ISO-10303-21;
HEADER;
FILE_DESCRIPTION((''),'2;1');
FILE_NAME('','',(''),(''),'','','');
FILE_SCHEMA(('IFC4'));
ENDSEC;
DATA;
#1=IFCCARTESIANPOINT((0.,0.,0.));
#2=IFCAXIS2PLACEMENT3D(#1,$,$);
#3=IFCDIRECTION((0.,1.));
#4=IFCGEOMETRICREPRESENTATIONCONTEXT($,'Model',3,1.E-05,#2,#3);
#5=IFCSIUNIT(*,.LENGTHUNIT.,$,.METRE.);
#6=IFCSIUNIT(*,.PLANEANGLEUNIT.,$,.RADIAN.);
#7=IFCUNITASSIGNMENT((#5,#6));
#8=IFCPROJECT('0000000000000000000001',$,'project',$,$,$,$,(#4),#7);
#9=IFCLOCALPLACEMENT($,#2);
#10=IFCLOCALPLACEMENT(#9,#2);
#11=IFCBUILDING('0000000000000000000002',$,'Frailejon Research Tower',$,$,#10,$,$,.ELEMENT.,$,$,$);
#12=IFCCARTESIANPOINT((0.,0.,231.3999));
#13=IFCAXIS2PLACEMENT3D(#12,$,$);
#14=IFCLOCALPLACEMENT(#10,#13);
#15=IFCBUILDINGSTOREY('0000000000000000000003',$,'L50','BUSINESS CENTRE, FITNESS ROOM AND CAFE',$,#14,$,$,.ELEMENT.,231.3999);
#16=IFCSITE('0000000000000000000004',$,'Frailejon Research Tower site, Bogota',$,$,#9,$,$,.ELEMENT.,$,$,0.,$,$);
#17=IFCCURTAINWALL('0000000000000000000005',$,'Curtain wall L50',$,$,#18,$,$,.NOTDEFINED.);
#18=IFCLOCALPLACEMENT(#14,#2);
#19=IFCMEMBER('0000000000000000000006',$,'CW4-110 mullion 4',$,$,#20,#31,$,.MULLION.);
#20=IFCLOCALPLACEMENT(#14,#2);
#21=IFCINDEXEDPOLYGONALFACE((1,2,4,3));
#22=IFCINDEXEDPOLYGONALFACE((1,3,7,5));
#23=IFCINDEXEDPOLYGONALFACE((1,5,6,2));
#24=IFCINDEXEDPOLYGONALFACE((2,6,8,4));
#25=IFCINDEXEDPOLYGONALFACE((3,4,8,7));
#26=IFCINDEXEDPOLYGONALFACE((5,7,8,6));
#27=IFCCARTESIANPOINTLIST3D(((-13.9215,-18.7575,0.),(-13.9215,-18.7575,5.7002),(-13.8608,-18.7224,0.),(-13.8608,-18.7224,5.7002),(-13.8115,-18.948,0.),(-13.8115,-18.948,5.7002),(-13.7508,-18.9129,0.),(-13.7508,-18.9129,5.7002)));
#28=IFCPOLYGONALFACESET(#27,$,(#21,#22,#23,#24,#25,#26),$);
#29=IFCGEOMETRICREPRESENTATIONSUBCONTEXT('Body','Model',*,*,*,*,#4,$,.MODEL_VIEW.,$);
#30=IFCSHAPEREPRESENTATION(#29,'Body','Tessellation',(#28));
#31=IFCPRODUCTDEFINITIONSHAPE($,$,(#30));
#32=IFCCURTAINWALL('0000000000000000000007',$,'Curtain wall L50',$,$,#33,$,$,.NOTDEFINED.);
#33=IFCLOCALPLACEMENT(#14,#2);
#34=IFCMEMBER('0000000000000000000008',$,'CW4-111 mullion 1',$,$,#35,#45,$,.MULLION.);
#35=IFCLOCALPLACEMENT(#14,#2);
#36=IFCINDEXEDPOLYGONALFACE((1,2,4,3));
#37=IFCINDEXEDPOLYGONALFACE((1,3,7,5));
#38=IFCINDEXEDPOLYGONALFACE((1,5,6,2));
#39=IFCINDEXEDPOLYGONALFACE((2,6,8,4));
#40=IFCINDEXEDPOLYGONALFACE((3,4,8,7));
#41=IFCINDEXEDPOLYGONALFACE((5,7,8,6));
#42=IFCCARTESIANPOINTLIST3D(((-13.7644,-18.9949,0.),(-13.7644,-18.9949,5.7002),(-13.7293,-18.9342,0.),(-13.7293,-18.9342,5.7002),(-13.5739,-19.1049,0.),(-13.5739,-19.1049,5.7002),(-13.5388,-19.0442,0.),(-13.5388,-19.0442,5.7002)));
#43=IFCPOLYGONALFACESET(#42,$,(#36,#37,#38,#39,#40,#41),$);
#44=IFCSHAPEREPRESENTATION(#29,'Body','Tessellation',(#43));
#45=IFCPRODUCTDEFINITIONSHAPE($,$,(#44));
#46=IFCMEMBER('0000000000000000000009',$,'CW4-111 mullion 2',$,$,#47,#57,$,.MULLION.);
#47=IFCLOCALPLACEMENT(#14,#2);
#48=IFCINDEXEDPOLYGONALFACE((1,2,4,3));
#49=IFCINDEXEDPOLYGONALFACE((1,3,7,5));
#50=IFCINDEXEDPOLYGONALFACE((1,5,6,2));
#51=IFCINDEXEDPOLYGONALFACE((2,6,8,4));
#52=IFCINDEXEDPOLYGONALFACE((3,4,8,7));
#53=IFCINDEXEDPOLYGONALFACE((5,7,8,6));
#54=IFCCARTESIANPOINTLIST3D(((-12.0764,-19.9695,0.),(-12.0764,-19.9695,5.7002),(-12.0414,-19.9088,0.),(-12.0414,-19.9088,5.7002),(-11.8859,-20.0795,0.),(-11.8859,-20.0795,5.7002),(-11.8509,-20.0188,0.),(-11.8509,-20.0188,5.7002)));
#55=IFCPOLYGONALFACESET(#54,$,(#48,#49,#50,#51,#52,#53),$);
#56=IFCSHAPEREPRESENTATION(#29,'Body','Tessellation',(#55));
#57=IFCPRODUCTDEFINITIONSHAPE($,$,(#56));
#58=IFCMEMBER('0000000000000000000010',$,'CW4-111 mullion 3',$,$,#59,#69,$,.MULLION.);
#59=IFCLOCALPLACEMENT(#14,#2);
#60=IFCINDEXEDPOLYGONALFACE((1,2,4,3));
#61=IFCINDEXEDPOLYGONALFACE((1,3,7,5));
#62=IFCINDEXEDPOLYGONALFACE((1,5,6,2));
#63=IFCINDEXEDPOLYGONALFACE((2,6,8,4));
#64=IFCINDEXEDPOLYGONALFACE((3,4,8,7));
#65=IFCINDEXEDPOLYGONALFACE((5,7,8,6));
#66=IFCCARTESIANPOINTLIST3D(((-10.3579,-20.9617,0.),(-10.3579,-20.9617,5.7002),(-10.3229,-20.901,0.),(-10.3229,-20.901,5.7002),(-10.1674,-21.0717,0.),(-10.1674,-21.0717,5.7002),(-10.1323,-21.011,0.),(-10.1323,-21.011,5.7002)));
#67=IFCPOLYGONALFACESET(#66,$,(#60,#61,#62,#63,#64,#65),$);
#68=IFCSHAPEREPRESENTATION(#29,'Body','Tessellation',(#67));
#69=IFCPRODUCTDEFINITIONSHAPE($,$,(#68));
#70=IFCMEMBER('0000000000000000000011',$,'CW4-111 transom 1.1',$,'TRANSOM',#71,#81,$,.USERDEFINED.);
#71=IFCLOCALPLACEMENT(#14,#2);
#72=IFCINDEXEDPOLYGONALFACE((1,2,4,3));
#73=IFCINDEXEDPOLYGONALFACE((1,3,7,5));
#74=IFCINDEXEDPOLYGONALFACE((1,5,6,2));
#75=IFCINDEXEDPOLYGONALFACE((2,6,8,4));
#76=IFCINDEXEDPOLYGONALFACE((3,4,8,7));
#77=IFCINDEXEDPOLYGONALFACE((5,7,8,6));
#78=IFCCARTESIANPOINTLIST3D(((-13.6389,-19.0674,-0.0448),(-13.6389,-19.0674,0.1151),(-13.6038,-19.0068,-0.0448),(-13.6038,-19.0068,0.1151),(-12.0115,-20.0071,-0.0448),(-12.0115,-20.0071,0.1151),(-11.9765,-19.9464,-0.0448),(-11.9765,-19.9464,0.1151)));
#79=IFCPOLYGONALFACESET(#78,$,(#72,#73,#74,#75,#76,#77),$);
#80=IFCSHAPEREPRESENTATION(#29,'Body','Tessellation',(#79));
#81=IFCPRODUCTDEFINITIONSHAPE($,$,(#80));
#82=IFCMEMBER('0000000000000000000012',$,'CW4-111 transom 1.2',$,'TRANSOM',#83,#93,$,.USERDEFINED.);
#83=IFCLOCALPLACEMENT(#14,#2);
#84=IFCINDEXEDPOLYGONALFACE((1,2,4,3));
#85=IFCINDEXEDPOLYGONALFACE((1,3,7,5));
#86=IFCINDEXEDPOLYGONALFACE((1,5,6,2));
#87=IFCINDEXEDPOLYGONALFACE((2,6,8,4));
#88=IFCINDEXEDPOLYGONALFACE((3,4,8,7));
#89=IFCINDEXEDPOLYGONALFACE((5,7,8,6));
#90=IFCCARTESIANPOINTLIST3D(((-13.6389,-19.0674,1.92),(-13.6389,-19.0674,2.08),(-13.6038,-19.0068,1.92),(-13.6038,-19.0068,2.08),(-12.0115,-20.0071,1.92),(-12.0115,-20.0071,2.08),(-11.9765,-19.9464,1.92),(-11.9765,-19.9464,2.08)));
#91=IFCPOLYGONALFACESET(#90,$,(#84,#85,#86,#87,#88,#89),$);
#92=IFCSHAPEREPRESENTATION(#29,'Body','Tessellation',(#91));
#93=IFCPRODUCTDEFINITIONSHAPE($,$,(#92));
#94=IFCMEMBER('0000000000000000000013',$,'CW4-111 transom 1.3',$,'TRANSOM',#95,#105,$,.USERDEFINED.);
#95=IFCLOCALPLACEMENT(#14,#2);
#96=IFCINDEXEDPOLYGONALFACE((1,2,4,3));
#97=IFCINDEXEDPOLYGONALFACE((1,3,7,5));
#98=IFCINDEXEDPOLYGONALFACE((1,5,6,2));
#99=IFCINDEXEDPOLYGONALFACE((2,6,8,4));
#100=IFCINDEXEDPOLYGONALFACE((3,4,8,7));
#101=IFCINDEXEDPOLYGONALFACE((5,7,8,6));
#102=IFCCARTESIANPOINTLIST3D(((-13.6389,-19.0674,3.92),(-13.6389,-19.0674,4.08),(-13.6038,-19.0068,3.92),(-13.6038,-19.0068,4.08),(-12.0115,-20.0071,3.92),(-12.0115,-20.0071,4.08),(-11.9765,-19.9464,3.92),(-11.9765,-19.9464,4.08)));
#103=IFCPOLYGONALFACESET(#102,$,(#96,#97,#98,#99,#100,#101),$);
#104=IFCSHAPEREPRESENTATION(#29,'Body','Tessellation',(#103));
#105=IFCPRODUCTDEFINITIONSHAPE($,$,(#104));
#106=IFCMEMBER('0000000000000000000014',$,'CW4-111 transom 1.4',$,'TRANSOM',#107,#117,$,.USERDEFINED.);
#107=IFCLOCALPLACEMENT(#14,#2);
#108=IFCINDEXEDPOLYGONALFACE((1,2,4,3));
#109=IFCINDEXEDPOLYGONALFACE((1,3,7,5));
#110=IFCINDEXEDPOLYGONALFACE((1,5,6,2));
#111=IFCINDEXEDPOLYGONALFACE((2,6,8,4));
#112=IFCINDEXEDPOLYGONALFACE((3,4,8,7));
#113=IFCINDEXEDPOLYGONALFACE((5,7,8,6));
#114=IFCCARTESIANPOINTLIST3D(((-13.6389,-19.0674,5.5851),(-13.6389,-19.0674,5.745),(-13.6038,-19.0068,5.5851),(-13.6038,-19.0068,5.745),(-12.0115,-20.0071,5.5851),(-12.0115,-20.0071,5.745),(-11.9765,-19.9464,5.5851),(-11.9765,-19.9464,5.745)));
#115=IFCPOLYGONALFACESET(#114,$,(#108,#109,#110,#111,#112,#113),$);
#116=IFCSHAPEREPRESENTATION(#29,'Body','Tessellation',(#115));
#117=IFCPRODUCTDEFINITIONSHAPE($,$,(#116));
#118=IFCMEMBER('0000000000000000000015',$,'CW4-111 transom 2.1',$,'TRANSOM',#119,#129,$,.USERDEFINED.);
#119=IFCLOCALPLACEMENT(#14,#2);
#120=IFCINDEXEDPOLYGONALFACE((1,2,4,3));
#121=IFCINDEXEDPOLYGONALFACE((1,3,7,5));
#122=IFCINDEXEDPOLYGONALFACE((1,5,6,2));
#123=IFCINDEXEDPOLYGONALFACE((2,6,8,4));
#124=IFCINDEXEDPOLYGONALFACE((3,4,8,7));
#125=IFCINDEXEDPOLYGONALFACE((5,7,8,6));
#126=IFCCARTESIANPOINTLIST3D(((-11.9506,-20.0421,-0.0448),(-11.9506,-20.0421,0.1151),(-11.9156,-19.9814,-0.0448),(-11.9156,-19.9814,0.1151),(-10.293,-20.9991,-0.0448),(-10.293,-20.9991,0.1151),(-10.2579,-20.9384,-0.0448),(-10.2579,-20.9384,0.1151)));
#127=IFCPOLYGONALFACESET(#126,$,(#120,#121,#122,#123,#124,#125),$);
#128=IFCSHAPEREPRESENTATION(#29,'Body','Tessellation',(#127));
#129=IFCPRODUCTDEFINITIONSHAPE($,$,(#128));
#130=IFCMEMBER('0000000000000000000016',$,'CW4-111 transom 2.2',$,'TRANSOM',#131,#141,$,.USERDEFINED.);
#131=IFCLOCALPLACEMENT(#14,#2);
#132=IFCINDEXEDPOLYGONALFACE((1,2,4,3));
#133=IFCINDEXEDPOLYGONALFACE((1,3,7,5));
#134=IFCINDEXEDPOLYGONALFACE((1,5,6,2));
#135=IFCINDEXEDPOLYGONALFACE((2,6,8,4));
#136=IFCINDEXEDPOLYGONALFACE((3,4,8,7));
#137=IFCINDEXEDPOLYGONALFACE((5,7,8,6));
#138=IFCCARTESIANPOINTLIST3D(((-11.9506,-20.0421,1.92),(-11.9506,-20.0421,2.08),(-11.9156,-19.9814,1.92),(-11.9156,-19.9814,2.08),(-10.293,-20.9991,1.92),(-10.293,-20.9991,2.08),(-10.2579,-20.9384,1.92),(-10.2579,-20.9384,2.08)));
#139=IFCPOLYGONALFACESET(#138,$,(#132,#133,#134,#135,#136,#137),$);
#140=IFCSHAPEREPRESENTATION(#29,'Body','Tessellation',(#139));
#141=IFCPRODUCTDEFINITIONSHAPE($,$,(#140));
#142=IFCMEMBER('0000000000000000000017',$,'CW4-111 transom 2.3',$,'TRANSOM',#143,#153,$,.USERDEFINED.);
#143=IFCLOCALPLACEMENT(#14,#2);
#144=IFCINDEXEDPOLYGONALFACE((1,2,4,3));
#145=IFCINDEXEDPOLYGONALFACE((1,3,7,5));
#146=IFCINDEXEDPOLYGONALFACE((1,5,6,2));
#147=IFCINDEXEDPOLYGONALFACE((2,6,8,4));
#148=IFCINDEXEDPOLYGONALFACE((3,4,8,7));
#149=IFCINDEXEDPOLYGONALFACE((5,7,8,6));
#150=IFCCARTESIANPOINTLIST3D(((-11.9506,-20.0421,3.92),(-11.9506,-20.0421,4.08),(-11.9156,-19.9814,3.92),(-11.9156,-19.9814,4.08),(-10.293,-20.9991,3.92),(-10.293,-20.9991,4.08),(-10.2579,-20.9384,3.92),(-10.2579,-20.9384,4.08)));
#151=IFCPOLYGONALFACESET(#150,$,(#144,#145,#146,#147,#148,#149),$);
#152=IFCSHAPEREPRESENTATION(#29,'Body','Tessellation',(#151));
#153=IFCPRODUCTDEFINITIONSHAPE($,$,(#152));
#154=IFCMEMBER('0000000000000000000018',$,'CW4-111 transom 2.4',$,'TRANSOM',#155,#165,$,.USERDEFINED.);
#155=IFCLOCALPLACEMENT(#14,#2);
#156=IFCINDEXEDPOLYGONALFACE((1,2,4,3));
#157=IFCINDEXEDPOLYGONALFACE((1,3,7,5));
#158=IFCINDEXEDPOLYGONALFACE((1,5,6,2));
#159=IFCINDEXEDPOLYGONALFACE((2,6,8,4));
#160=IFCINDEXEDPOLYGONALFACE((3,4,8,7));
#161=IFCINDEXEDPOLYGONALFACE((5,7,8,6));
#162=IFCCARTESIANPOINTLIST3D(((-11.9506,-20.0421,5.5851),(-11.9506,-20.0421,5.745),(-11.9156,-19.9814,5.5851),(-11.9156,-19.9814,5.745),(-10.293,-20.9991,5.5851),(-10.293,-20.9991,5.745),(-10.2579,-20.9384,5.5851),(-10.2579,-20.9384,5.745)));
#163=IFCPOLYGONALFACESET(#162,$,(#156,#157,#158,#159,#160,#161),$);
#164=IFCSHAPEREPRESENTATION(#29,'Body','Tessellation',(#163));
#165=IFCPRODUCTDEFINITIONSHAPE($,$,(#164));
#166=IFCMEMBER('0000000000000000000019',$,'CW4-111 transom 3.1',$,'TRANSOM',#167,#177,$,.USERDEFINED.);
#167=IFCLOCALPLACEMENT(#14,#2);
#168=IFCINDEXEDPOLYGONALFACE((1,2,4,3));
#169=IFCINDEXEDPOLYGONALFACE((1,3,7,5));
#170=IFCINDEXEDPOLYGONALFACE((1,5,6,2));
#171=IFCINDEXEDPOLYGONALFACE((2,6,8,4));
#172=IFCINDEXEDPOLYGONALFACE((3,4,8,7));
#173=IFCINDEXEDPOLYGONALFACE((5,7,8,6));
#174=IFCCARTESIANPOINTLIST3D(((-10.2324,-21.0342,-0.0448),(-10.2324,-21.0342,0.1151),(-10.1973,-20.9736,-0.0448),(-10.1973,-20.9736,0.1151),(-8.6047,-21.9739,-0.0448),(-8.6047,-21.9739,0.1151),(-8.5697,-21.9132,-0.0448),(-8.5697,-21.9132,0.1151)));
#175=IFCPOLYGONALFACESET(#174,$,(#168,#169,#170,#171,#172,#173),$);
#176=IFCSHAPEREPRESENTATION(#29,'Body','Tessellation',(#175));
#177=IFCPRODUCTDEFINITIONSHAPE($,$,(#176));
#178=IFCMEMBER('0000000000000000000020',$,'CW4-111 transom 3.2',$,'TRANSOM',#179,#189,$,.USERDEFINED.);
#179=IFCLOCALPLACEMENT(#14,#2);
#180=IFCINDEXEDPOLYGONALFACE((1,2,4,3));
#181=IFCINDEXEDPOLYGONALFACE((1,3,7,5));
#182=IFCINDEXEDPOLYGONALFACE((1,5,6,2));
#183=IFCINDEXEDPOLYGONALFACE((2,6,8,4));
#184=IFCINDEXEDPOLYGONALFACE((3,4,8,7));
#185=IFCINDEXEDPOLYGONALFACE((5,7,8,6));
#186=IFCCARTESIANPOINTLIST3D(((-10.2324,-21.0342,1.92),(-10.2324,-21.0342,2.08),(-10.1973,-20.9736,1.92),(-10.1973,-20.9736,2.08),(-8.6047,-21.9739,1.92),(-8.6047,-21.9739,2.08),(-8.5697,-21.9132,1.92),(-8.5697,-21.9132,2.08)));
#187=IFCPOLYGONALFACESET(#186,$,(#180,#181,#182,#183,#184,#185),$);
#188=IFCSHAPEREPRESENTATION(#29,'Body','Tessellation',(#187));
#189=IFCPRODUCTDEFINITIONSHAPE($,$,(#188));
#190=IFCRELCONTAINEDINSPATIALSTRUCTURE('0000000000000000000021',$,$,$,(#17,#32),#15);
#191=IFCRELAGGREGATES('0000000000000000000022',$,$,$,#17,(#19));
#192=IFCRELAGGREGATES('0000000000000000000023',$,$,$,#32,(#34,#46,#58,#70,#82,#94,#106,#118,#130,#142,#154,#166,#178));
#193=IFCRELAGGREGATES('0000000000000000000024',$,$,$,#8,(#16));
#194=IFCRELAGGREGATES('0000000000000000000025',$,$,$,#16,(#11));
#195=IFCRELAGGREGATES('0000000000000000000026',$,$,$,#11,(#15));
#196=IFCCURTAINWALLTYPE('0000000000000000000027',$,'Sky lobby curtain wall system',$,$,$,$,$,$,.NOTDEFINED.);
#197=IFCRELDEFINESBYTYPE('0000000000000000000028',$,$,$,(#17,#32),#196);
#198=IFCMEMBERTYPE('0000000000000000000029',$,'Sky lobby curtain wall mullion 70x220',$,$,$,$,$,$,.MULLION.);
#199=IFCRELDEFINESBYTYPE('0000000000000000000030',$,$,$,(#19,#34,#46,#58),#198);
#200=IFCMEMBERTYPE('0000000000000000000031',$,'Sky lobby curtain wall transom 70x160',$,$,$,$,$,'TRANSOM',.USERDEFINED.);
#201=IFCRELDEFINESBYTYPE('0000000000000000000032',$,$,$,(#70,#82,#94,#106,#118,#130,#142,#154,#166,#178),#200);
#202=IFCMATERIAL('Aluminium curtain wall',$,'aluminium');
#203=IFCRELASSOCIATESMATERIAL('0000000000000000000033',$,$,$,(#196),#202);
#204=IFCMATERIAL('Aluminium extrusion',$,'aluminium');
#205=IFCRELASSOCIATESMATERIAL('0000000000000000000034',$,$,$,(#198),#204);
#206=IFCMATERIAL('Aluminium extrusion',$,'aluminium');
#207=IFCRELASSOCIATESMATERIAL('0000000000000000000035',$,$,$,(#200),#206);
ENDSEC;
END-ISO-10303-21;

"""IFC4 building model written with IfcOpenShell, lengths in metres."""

from ifc_helpers import new_model, si_unit, direction, frame, origin, origin_2d, place, context, subcontext, project, spatial, rectangle, extrude, material, material_profile, profile_set, type_object, element, aggregate, save


model = new_model("IFC4")

# Units and contexts
model_context = context("Model", 3, precision=1e-05, world=origin(), true_north=direction((0.0, 1.0)))
body_context = subcontext(model_context, "Body", "Model", "MODEL_VIEW")
ifc_project = project(units=[si_unit("LENGTHUNIT", "METRE"), si_unit("PLANEANGLEUNIT", "RADIAN")], contexts=[model_context])

# Site, building, storey
site_placement = place(None, origin())
site = spatial("IfcSite", under=ifc_project, at=site_placement, Name="Frailejon Research Tower site, Bogota", CompositionType="ELEMENT", RefElevation=0.0)
building_placement = place(site_placement, origin())
building = spatial("IfcBuilding", under=site, at=building_placement, Name="Frailejon Research Tower", CompositionType="ELEMENT")
storey_placement = place(building_placement, frame((0.0, 0.0, 231.3999)))
storey = spatial("IfcBuildingStorey", under=building, at=storey_placement, Name="L50", Description="BUSINESS CENTRE, FITNESS ROOM AND CAFE", CompositionType="ELEMENT", Elevation=231.3999)

# Curtain wall, member
ifc_material_1 = material(Name="Aluminium curtain wall", Category="aluminium")
curtain_wall_type = type_object("IfcCurtainWallType", Name="Sky lobby curtain wall system", PredefinedType="NOTDEFINED", material=ifc_material_1)
curtain_wall_1_placement = place(storey_placement, origin())
curtain_wall_1 = element("IfcCurtainWall", 1, at=curtain_wall_1_placement, inside=storey, type_object=curtain_wall_type, Name="Curtain wall L50", PredefinedType="NOTDEFINED")
ifc_material_2 = material(Name="Aluminium extrusion", Category="aluminium")
ifc_material_profile_1 = material_profile(ifc_material_2, rectangle(XDim=0.0701, YDim=0.22, at=origin_2d()), Name="Sky lobby curtain wall mullion 70x220")
ifc_profile_set_1 = profile_set([ifc_material_profile_1], Name="Aluminium extrusion")
member_type_1 = type_object("IfcMemberType", Name="Sky lobby curtain wall mullion 70x220", PredefinedType="MULLION", material=ifc_profile_set_1)
member_1_placement = place(storey_placement, frame((-13.8362, -18.8352, 0.0), z_axis=(0.0, 0.0, 1.0), x_axis=(0.866025, 0.500001, 0.0)))
member_1 = element("IfcMember", 2, at=member_1_placement, type_object=member_type_1, Name="CW4-110 mullion 4", PredefinedType="MULLION", context=body_context, shape_type="SweptSolid", body=[
    extrude(rectangle(XDim=0.0701, YDim=0.22, at=origin_2d()), origin(), (0.0, 0.0, 1.0), 5.7002),
])
aggregate(curtain_wall_1, [member_1])

# Curtain wall, members
curtain_wall_2_placement = place(storey_placement, origin())
curtain_wall_2 = element("IfcCurtainWall", 3, at=curtain_wall_2_placement, inside=storey, type_object=curtain_wall_type, Name="Curtain wall L50", PredefinedType="NOTDEFINED")
member_2_placement = place(storey_placement, frame((-13.6516, -19.0195, 0.0), z_axis=(0.0, 0.0, 1.0), x_axis=(0.499991, 0.866031, 0.0)))
member_2 = element("IfcMember", 4, at=member_2_placement, type_object=member_type_1, Name="CW4-111 mullion 1", PredefinedType="MULLION", context=body_context, shape_type="SweptSolid", body=[
    extrude(rectangle(XDim=0.0701, YDim=0.22, at=origin_2d()), origin(), (0.0, 0.0, 1.0), 5.7002),
])
member_3_placement = place(storey_placement, frame((-11.9636, -19.9941, 0.0), z_axis=(0.0, 0.0, 1.0), x_axis=(0.499991, 0.866031, 0.0)))
member_3 = element("IfcMember", 5, at=member_3_placement, type_object=member_type_1, Name="CW4-111 mullion 2", PredefinedType="MULLION", context=body_context, shape_type="SweptSolid", body=[
    extrude(rectangle(XDim=0.0701, YDim=0.22, at=origin_2d()), origin(), (0.0, 0.0, 1.0), 5.7002),
])
member_4_placement = place(storey_placement, frame((-10.2451, -20.9863, 0.0), z_axis=(0.0, 0.0, 1.0), x_axis=(0.499991, 0.866031, 0.0)))
member_4 = element("IfcMember", 6, at=member_4_placement, type_object=member_type_1, Name="CW4-111 mullion 3", PredefinedType="MULLION", context=body_context, shape_type="SweptSolid", body=[
    extrude(rectangle(XDim=0.0701, YDim=0.22, at=origin_2d()), origin(), (0.0, 0.0, 1.0), 5.7002),
])
ifc_material_3 = material(Name="Aluminium extrusion", Category="aluminium")
ifc_material_profile_2 = material_profile(ifc_material_3, rectangle(XDim=0.0701, YDim=0.1599, at=origin_2d()), Name="Sky lobby curtain wall transom 70x160")
ifc_profile_set_2 = profile_set([ifc_material_profile_2], Name="Aluminium extrusion")
member_type_2 = type_object("IfcMemberType", Name="Sky lobby curtain wall transom 70x160", ElementType="TRANSOM", PredefinedType="USERDEFINED", material=ifc_profile_set_2)
member_5_placement = place(storey_placement, frame((-13.6213, -19.0371, 0.0352), z_axis=(0.866004, -0.500037, 0.0), x_axis=(0.500037, 0.866004, 0.0)))
member_5 = element("IfcMember", 7, at=member_5_placement, type_object=member_type_2, Name="CW4-111 transom 1.1", ObjectType="TRANSOM", PredefinedType="USERDEFINED", context=body_context, shape_type="SweptSolid", body=[
    extrude(rectangle(XDim=0.0701, YDim=0.1599, at=origin_2d()), origin(), (0.0, 0.0, 1.0), 1.8792),
])
member_6_placement = place(storey_placement, frame((-13.6213, -19.0371, 2.0), z_axis=(0.866004, -0.500037, 0.0), x_axis=(0.500037, 0.866004, 0.0)))
member_6 = element("IfcMember", 8, at=member_6_placement, type_object=member_type_2, Name="CW4-111 transom 1.2", ObjectType="TRANSOM", PredefinedType="USERDEFINED", context=body_context, shape_type="SweptSolid", body=[
    extrude(rectangle(XDim=0.0701, YDim=0.1599, at=origin_2d()), origin(), (0.0, 0.0, 1.0), 1.8792),
])
member_7_placement = place(storey_placement, frame((-13.6213, -19.0371, 4.0), z_axis=(0.866004, -0.500037, 0.0), x_axis=(0.500037, 0.866004, 0.0)))
member_7 = element("IfcMember", 9, at=member_7_placement, type_object=member_type_2, Name="CW4-111 transom 1.3", ObjectType="TRANSOM", PredefinedType="USERDEFINED", context=body_context, shape_type="SweptSolid", body=[
    extrude(rectangle(XDim=0.0701, YDim=0.1599, at=origin_2d()), origin(), (0.0, 0.0, 1.0), 1.8792),
])
member_8_placement = place(storey_placement, frame((-13.6213, -19.0371, 5.665), z_axis=(0.866004, -0.500037, 0.0), x_axis=(0.500037, 0.866004, 0.0)))
member_8 = element("IfcMember", 10, at=member_8_placement, type_object=member_type_2, Name="CW4-111 transom 1.4", ObjectType="TRANSOM", PredefinedType="USERDEFINED", context=body_context, shape_type="SweptSolid", body=[
    extrude(rectangle(XDim=0.0701, YDim=0.1599, at=origin_2d()), origin(), (0.0, 0.0, 1.0), 1.8792),
])
member_9_placement = place(storey_placement, frame((-11.9331, -20.0117, 0.0352), z_axis=(0.866037, -0.49998, 0.0), x_axis=(0.49998, 0.866037, 0.0)))
member_9 = element("IfcMember", 11, at=member_9_placement, type_object=member_type_2, Name="CW4-111 transom 2.1", ObjectType="TRANSOM", PredefinedType="USERDEFINED", context=body_context, shape_type="SweptSolid", body=[
    extrude(rectangle(XDim=0.0701, YDim=0.1599, at=origin_2d()), origin(), (0.0, 0.0, 1.0), 1.9141),
])
member_10_placement = place(storey_placement, frame((-11.9331, -20.0117, 2.0), z_axis=(0.866037, -0.49998, 0.0), x_axis=(0.49998, 0.866037, 0.0)))
member_10 = element("IfcMember", 12, at=member_10_placement, type_object=member_type_2, Name="CW4-111 transom 2.2", ObjectType="TRANSOM", PredefinedType="USERDEFINED", context=body_context, shape_type="SweptSolid", body=[
    extrude(rectangle(XDim=0.0701, YDim=0.1599, at=origin_2d()), origin(), (0.0, 0.0, 1.0), 1.9141),
])
member_11_placement = place(storey_placement, frame((-11.9331, -20.0117, 4.0), z_axis=(0.866037, -0.49998, 0.0), x_axis=(0.49998, 0.866037, 0.0)))
member_11 = element("IfcMember", 13, at=member_11_placement, type_object=member_type_2, Name="CW4-111 transom 2.3", ObjectType="TRANSOM", PredefinedType="USERDEFINED", context=body_context, shape_type="SweptSolid", body=[
    extrude(rectangle(XDim=0.0701, YDim=0.1599, at=origin_2d()), origin(), (0.0, 0.0, 1.0), 1.9141),
])
member_12_placement = place(storey_placement, frame((-11.9331, -20.0117, 5.665), z_axis=(0.866037, -0.49998, 0.0), x_axis=(0.49998, 0.866037, 0.0)))
member_12 = element("IfcMember", 14, at=member_12_placement, type_object=member_type_2, Name="CW4-111 transom 2.4", ObjectType="TRANSOM", PredefinedType="USERDEFINED", context=body_context, shape_type="SweptSolid", body=[
    extrude(rectangle(XDim=0.0701, YDim=0.1599, at=origin_2d()), origin(), (0.0, 0.0, 1.0), 1.9141),
])
member_13_placement = place(storey_placement, frame((-10.2148, -21.0039, 0.0352), z_axis=(0.866036, -0.499981, 0.0), x_axis=(0.499981, 0.866036, 0.0)))
member_13 = element("IfcMember", 15, at=member_13_placement, type_object=member_type_2, Name="CW4-111 transom 3.1", ObjectType="TRANSOM", PredefinedType="USERDEFINED", context=body_context, shape_type="SweptSolid", body=[
    extrude(rectangle(XDim=0.0701, YDim=0.1599, at=origin_2d()), origin(), (0.0, 0.0, 1.0), 1.8794),
])
member_14_placement = place(storey_placement, frame((-10.2148, -21.0039, 2.0), z_axis=(0.866036, -0.499981, 0.0), x_axis=(0.499981, 0.866036, 0.0)))
member_14 = element("IfcMember", 16, at=member_14_placement, type_object=member_type_2, Name="CW4-111 transom 3.2", ObjectType="TRANSOM", PredefinedType="USERDEFINED", context=body_context, shape_type="SweptSolid", body=[
    extrude(rectangle(XDim=0.0701, YDim=0.1599, at=origin_2d()), origin(), (0.0, 0.0, 1.0), 1.8794),
])
aggregate(curtain_wall_2, [member_2, member_3, member_4, member_5, member_6, member_7, member_8, member_9, member_10, member_11, member_12, member_13, member_14])

save(model, "model.ifc")
